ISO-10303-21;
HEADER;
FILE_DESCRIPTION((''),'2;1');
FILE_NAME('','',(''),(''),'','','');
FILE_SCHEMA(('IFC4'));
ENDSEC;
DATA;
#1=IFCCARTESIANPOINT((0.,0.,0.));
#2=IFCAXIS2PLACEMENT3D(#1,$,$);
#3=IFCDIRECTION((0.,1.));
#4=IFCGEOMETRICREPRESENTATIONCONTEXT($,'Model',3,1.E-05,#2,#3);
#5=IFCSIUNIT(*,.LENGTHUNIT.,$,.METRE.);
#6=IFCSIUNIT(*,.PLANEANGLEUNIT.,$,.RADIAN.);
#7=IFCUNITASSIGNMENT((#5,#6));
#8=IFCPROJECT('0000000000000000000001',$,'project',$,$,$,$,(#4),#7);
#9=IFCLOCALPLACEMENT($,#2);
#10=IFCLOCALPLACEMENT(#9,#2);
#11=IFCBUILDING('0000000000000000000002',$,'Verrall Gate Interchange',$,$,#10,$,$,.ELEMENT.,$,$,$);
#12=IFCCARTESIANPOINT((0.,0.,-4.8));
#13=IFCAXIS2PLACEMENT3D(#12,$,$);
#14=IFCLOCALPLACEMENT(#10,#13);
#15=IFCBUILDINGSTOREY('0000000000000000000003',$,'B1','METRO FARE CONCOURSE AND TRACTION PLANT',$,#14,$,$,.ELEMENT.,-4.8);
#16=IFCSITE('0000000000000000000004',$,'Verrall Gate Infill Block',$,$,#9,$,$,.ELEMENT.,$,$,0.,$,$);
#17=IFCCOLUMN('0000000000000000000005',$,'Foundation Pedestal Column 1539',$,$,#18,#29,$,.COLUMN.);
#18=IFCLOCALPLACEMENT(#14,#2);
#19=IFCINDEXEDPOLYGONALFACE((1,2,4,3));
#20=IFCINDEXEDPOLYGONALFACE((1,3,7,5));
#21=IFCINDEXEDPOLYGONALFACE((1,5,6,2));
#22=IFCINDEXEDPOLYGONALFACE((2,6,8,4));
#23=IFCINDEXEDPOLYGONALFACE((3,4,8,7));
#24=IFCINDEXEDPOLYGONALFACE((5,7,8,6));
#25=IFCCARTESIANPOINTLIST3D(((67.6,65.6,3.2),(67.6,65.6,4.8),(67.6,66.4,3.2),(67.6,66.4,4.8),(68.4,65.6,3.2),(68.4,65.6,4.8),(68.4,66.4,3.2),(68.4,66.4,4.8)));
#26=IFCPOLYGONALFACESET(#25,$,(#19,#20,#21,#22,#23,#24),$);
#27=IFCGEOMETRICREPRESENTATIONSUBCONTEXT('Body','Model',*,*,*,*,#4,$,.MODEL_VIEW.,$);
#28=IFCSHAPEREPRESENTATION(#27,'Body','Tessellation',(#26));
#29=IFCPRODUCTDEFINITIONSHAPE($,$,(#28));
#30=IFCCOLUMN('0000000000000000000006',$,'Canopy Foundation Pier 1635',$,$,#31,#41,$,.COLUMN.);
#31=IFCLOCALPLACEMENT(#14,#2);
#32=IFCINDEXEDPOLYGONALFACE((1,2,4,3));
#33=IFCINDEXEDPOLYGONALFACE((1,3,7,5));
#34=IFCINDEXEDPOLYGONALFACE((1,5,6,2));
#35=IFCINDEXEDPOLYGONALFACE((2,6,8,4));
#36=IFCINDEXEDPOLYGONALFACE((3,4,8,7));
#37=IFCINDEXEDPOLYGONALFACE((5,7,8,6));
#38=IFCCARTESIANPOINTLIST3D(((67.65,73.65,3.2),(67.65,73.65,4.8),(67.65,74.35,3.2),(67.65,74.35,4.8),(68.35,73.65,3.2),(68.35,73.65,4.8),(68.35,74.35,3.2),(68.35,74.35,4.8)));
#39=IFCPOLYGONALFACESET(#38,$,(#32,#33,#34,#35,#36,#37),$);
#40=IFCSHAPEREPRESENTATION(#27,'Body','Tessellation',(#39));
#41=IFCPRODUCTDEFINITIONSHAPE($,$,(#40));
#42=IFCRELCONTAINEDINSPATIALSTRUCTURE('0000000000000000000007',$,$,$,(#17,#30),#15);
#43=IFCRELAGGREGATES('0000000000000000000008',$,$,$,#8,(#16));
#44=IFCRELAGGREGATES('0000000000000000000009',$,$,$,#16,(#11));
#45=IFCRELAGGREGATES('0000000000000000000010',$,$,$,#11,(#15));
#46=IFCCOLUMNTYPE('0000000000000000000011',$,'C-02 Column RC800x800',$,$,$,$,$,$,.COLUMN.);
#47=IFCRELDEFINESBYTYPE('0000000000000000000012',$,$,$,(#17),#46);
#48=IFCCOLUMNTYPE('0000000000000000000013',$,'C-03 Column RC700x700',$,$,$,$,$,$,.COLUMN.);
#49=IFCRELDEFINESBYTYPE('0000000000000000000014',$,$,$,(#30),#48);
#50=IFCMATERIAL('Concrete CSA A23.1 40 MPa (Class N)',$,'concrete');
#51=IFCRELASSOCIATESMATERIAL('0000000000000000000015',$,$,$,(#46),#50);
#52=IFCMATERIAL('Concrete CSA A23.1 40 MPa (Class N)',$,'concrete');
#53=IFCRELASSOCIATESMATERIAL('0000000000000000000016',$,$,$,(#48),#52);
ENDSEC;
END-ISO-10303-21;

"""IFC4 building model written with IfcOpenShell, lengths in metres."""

from ifc_helpers import new_model, si_unit, direction, frame, origin, origin_2d, place, context, subcontext, project, spatial, rectangle, extrude, material, material_profile, profile_set, type_object, element, save


model = new_model("IFC4")

# Units and contexts
model_context = context("Model", 3, precision=1e-05, world=origin(), true_north=direction((0.0, 1.0)))
body_context = subcontext(model_context, "Body", "Model", "MODEL_VIEW")
ifc_project = project(units=[si_unit("LENGTHUNIT", "METRE"), si_unit("PLANEANGLEUNIT", "RADIAN")], contexts=[model_context])

# Site, building, storey
site_placement = place(None, origin())
site = spatial("IfcSite", under=ifc_project, at=site_placement, Name="Verrall Gate Infill Block", CompositionType="ELEMENT", RefElevation=0.0)
building_placement = place(site_placement, origin())
building = spatial("IfcBuilding", under=site, at=building_placement, Name="Verrall Gate Interchange", CompositionType="ELEMENT")
storey_placement = place(building_placement, frame((0.0, 0.0, -4.8)))
storey = spatial("IfcBuildingStorey", under=building, at=storey_placement, Name="B1", Description="METRO FARE CONCOURSE AND TRACTION PLANT", CompositionType="ELEMENT", Elevation=-4.8)

# Columns
ifc_material_1 = material(Name="Concrete CSA A23.1 40 MPa (Class N)", Category="concrete")
ifc_material_profile_1 = material_profile(ifc_material_1, rectangle(XDim=0.8, YDim=0.8, at=origin_2d()), Name="RC800x800")
ifc_profile_set_1 = profile_set([ifc_material_profile_1], Name="Concrete CSA A23.1 40 MPa (Class N)")
column_type_1 = type_object("IfcColumnType", Name="C-02 Column RC800x800", PredefinedType="COLUMN", material=ifc_profile_set_1)
for number, where, z_axis, x_axis, name in (
    (1, (68.0, 66.0, 3.2), (0.0, 0.0, 1.0), (1.0, 0.0, 0.0), "Foundation Pedestal Column 1539"),
):
    element("IfcColumn", number, at=place(storey_placement, frame(where, z_axis=z_axis, x_axis=x_axis)), inside=storey, type_object=column_type_1, Name=name, PredefinedType="COLUMN", context=body_context, shape_type="SweptSolid", body=[
        extrude(rectangle(XDim=0.8, YDim=0.8, at=origin_2d()), origin(), (0.0, 0.0, 1.0), 1.6001),
    ])
ifc_material_2 = material(Name="Concrete CSA A23.1 40 MPa (Class N)", Category="concrete")
ifc_material_profile_2 = material_profile(ifc_material_2, rectangle(XDim=0.7, YDim=0.7, at=origin_2d()), Name="RC700x700")
ifc_profile_set_2 = profile_set([ifc_material_profile_2], Name="Concrete CSA A23.1 40 MPa (Class N)")
column_type_2 = type_object("IfcColumnType", Name="C-03 Column RC700x700", PredefinedType="COLUMN", material=ifc_profile_set_2)
column_placement = place(storey_placement, frame((68.0, 74.0, 3.2), z_axis=(0.0, 0.0, 1.0), x_axis=(1.0, 0.0, 0.0)))
element("IfcColumn", 2, at=column_placement, inside=storey, type_object=column_type_2, Name="Canopy Foundation Pier 1635", PredefinedType="COLUMN", context=body_context, shape_type="SweptSolid", body=[
    extrude(rectangle(XDim=0.7, YDim=0.7, at=origin_2d()), origin(), (0.0, 0.0, 1.0), 1.6001),
])

save(model, "model.ifc")
